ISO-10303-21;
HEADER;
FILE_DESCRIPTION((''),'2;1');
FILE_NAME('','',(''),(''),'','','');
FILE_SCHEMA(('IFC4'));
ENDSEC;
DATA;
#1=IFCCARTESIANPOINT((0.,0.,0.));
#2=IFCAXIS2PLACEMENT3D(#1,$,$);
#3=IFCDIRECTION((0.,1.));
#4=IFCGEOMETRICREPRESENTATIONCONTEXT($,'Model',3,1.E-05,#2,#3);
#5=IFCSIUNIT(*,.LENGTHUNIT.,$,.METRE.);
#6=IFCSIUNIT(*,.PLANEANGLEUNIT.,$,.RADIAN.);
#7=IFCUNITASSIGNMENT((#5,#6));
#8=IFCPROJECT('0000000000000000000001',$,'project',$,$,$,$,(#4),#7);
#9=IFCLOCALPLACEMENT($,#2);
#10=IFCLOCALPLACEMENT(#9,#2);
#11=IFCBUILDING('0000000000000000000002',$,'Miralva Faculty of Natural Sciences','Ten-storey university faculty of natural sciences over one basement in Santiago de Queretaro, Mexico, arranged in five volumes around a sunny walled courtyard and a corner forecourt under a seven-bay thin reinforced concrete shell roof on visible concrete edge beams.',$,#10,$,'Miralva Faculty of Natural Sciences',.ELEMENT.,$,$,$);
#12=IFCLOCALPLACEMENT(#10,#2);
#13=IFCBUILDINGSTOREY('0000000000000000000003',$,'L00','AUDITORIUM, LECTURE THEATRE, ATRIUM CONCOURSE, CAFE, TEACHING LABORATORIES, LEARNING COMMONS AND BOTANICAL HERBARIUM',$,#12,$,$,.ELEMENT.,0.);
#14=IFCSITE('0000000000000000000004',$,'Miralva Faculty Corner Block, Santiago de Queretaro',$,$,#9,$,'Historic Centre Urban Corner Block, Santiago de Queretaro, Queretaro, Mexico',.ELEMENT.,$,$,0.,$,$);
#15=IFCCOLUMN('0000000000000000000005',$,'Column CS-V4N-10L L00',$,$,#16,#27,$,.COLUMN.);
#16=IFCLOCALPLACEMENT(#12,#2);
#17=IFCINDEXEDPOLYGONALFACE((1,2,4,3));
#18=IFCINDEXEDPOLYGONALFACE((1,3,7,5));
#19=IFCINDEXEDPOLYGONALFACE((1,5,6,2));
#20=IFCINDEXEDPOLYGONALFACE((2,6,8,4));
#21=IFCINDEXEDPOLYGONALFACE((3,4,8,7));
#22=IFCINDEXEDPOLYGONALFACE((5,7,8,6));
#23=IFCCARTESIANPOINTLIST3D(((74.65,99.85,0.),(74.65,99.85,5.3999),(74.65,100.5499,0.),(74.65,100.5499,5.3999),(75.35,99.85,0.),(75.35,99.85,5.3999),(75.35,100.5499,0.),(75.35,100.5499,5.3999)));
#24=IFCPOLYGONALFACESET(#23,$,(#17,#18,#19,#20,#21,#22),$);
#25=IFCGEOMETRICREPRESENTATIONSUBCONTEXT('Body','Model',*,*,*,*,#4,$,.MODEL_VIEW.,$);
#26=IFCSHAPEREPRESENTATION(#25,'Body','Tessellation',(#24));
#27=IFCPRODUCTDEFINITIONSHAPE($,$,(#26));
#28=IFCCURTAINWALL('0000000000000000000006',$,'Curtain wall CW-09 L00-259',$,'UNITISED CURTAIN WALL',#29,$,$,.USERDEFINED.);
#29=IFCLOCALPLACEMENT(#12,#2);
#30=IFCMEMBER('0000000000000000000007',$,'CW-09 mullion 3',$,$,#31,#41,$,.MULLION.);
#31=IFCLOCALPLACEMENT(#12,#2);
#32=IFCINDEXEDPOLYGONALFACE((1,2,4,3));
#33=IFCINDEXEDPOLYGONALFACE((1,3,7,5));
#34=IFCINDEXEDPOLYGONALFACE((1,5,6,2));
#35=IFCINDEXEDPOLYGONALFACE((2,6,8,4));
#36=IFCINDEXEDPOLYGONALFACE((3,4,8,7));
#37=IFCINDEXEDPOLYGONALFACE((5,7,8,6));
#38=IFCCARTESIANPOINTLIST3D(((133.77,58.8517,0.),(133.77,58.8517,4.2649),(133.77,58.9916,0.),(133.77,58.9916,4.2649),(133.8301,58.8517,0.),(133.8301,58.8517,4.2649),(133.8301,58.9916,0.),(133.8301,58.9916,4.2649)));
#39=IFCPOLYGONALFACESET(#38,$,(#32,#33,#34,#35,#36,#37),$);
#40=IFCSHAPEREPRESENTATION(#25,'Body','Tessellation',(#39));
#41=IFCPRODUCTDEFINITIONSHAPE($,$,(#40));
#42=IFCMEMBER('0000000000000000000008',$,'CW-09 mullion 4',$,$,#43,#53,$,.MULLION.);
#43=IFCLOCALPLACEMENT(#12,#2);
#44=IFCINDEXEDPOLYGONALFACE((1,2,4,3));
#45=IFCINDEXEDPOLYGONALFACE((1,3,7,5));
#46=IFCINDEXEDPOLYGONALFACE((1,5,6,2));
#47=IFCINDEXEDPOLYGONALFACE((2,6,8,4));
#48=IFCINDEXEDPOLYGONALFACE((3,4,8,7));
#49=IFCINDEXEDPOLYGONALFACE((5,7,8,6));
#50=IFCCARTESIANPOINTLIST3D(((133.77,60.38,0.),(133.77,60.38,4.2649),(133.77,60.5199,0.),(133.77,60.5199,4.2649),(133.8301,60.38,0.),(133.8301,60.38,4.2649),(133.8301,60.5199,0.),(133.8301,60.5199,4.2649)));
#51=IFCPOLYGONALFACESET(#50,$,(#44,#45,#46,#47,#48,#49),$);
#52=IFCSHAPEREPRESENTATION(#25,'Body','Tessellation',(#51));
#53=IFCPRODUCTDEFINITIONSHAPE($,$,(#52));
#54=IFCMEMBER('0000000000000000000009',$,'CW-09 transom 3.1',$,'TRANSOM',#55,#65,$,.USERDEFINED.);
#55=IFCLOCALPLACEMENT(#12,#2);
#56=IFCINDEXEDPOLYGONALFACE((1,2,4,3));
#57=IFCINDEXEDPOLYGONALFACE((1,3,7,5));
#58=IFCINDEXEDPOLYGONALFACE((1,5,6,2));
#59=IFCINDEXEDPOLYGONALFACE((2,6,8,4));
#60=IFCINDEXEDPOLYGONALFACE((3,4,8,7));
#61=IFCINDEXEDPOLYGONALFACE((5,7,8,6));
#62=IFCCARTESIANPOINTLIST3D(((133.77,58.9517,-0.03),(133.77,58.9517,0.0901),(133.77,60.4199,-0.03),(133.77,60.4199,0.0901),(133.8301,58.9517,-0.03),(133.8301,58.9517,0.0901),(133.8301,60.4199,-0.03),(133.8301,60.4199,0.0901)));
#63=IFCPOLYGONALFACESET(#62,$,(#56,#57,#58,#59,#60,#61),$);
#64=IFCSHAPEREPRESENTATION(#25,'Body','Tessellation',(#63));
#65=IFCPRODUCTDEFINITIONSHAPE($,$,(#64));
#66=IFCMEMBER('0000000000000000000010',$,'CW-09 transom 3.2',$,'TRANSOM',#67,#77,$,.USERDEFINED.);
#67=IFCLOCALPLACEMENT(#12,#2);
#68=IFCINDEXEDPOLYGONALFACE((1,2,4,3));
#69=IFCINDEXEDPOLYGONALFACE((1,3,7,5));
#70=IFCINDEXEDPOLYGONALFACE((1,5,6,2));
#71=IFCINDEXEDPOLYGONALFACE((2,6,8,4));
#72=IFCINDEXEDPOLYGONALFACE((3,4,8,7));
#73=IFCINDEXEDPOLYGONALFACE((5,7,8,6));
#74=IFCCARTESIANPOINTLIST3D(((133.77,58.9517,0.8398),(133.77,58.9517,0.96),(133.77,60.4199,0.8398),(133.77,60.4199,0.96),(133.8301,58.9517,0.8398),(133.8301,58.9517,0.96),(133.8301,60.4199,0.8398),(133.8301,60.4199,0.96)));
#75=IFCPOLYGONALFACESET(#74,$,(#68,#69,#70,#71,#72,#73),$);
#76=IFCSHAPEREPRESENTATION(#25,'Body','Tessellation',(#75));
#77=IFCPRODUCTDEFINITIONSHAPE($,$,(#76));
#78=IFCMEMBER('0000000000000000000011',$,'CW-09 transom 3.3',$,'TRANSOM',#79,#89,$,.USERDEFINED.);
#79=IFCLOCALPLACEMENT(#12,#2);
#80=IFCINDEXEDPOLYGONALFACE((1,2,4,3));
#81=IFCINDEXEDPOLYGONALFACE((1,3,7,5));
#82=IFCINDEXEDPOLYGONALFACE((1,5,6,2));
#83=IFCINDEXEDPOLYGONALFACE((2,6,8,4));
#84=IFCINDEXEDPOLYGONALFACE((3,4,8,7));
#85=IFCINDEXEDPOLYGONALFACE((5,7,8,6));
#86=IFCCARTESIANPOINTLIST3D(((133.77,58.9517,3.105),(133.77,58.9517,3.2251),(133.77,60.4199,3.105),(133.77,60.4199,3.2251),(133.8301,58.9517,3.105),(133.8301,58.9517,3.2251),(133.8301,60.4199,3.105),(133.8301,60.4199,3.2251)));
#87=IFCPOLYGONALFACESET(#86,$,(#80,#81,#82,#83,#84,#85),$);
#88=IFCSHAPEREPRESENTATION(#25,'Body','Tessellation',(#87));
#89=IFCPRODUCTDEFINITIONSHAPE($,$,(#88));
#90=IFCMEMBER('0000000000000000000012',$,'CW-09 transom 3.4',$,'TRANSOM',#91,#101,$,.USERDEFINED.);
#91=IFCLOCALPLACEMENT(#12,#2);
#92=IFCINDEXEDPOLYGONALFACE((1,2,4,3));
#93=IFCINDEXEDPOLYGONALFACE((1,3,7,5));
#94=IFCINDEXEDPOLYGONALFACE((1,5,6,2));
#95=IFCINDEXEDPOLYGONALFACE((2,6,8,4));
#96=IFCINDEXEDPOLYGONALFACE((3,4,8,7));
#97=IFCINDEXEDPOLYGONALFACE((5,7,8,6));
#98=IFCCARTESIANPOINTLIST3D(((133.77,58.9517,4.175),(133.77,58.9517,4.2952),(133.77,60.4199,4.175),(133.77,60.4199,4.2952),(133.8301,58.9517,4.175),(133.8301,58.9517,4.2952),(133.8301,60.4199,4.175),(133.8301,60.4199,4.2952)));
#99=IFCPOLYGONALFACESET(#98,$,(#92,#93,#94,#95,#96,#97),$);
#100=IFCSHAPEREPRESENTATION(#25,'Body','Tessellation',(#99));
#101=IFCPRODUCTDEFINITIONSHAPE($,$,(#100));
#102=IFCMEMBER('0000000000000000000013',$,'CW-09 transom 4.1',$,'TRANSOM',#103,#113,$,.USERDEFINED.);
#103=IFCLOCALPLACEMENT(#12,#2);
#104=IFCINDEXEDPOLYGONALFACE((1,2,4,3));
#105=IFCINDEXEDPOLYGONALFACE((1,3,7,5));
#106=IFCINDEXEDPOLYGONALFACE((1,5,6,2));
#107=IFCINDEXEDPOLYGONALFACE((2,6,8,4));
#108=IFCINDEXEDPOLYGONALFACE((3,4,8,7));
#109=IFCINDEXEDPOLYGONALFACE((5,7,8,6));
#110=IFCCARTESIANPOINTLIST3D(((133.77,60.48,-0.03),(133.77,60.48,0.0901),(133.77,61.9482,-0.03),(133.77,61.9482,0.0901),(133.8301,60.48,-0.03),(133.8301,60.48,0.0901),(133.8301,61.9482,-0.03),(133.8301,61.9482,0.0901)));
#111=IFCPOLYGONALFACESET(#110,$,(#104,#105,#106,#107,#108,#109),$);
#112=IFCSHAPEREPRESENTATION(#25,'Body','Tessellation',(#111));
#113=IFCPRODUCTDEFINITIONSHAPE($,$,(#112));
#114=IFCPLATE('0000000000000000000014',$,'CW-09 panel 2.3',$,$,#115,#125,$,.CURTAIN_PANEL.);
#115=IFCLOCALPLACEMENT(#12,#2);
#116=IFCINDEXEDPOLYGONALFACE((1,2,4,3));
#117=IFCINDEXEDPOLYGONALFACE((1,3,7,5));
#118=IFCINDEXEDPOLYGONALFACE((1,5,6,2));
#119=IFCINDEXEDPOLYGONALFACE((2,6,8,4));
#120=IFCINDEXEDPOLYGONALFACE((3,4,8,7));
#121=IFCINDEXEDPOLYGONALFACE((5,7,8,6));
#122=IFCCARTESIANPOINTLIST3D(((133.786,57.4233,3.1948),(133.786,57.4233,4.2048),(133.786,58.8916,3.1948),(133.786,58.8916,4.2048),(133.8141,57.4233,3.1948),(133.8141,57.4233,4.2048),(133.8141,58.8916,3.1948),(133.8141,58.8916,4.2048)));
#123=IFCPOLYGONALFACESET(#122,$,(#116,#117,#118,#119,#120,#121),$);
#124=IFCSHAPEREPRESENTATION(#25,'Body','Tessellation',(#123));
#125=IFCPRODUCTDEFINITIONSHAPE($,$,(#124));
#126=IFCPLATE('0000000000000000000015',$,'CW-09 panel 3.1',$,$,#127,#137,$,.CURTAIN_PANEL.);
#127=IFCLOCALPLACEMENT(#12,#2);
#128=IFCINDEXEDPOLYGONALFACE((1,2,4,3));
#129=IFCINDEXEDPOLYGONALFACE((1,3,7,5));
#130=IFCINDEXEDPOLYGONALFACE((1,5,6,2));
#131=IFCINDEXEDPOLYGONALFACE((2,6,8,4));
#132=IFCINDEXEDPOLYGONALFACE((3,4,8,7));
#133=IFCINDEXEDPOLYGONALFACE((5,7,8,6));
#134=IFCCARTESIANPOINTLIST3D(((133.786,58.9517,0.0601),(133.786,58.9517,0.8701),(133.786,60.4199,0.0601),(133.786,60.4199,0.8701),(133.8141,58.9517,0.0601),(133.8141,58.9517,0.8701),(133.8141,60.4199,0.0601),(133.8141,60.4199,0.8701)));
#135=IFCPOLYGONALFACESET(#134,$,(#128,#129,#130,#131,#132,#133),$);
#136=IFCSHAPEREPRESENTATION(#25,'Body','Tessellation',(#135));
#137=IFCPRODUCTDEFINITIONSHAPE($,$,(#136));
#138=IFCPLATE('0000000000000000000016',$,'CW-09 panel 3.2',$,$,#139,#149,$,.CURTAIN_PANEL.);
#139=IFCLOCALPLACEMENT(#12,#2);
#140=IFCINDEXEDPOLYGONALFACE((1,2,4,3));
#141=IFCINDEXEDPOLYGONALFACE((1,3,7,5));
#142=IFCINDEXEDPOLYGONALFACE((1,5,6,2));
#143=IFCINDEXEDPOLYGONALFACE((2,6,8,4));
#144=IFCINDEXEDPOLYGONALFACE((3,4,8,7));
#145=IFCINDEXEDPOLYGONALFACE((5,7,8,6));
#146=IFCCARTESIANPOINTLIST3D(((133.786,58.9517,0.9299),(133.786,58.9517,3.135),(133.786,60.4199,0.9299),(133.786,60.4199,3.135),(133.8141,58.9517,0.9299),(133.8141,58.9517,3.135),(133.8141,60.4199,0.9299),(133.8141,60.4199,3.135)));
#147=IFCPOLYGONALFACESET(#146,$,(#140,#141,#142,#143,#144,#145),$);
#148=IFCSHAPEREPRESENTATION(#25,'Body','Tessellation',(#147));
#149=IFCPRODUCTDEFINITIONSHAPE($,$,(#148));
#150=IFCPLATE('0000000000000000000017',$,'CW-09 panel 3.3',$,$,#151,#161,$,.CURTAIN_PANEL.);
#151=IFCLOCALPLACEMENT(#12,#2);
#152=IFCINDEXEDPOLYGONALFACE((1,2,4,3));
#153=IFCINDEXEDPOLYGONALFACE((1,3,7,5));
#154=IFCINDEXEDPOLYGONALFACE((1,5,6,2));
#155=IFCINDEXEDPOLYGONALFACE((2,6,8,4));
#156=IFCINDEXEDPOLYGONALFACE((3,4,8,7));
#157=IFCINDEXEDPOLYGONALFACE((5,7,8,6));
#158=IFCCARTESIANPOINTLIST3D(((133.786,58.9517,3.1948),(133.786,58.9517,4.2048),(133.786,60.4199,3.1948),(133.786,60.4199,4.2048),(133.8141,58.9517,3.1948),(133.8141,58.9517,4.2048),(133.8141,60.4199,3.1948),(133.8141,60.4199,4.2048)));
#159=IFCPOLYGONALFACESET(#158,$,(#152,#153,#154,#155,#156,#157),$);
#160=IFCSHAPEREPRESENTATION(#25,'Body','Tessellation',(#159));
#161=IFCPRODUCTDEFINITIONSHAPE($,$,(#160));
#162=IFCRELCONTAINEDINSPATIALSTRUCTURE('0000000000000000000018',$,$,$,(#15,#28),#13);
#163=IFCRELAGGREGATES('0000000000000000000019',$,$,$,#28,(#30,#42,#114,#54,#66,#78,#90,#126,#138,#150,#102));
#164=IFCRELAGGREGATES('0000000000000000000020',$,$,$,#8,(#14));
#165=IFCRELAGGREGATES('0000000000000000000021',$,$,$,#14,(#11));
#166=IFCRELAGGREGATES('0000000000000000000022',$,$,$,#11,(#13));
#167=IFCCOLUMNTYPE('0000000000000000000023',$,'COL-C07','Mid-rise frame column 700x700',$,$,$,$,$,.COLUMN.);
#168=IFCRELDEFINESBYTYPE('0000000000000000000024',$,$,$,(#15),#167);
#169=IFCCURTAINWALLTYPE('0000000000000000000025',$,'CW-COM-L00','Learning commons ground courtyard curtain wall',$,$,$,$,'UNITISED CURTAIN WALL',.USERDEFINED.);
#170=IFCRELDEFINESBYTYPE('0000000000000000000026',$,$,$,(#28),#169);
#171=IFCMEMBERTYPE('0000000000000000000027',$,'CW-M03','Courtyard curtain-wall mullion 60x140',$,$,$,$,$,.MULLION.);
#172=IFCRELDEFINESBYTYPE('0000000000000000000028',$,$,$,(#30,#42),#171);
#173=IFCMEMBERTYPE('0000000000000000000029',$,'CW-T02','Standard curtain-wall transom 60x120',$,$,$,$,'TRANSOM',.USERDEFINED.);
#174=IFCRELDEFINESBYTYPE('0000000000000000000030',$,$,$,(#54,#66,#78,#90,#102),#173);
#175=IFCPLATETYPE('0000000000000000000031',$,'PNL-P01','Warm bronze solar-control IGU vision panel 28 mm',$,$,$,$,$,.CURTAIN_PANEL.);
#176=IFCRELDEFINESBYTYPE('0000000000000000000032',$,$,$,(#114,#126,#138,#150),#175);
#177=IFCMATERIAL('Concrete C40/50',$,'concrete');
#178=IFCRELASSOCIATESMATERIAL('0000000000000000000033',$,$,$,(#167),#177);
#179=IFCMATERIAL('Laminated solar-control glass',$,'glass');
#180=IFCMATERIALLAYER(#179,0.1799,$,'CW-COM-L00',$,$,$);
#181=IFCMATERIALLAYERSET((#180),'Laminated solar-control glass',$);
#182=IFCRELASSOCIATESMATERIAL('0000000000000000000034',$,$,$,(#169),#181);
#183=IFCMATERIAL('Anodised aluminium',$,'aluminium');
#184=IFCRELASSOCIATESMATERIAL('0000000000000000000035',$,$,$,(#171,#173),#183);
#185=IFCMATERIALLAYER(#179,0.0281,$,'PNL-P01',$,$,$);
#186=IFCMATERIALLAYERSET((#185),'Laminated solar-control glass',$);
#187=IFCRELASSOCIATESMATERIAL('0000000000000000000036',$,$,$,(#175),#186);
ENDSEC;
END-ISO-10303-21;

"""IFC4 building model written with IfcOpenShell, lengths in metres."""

from ifc_helpers import new_model, si_unit, direction, frame, origin, origin_2d, place, context, subcontext, project, spatial, rectangle, extrude, material, layer, layer_set, material_profile, profile_set, type_object, element, aggregate, save


model = new_model("IFC4")

# Units and contexts
model_context = context("Model", 3, precision=1e-05, world=origin(), true_north=direction((0.0, 1.0)))
body_context = subcontext(model_context, "Body", "Model", "MODEL_VIEW")
ifc_project = project(units=[si_unit("LENGTHUNIT", "METRE"), si_unit("PLANEANGLEUNIT", "RADIAN")], contexts=[model_context])

# Site, building, storey
site_placement = place(None, origin())
site = spatial("IfcSite", under=ifc_project, at=site_placement, Name="Miralva Faculty Corner Block, Santiago de Queretaro", LongName="Historic Centre Urban Corner Block, Santiago de Queretaro, Queretaro, Mexico", CompositionType="ELEMENT", RefElevation=0.0)
building_placement = place(site_placement, origin())
building = spatial("IfcBuilding", under=site, at=building_placement, Name="Miralva Faculty of Natural Sciences", Description="Ten-storey university faculty of natural sciences over one basement in Santiago de Queretaro, Mexico, arranged in five volumes around a sunny walled courtyard and a corner forecourt under a seven-bay thin reinforced concrete shell roof on visible concrete edge beams.", LongName="Miralva Faculty of Natural Sciences", CompositionType="ELEMENT")
storey_placement = place(building_placement, origin())
storey = spatial("IfcBuildingStorey", under=building, at=storey_placement, Name="L00", Description="AUDITORIUM, LECTURE THEATRE, ATRIUM CONCOURSE, CAFE, TEACHING LABORATORIES, LEARNING COMMONS AND BOTANICAL HERBARIUM", CompositionType="ELEMENT", Elevation=0.0)

# Column
ifc_material_1 = material(Name="Concrete C40/50", Category="concrete")
ifc_material_profile_1 = material_profile(ifc_material_1, rectangle(XDim=0.7, YDim=0.7, at=origin_2d()), Name="RC 700x700")
ifc_profile_set_1 = profile_set([ifc_material_profile_1], Name="Concrete C40/50")
column_type = type_object("IfcColumnType", Name="COL-C07", Description="Mid-rise frame column 700x700", PredefinedType="COLUMN", material=ifc_profile_set_1)
column_placement = place(storey_placement, frame((75.0, 100.2, 0.0), z_axis=(0.0, 0.0, 1.0), x_axis=(1.0, 0.0, 0.0)))
element("IfcColumn", 1, at=column_placement, inside=storey, type_object=column_type, Name="Column CS-V4N-10L L00", PredefinedType="COLUMN", context=body_context, shape_type="SweptSolid", body=[
    extrude(rectangle(XDim=0.7, YDim=0.7, at=origin_2d()), origin(), (0.0, 0.0, 1.0), 5.3999),
])

# Curtain wall, members, plates
ifc_material_2 = material(Name="Laminated solar-control glass", Category="glass")
ifc_layer_1 = layer(ifc_material_2, 0.1799, Name="CW-COM-L00")
ifc_layer_set_1 = layer_set([ifc_layer_1], Name="Laminated solar-control glass")
curtain_wall_type = type_object("IfcCurtainWallType", Name="CW-COM-L00", Description="Learning commons ground courtyard curtain wall", ElementType="UNITISED CURTAIN WALL", PredefinedType="USERDEFINED", material=ifc_layer_set_1)
curtain_wall_placement = place(storey_placement, origin())
curtain_wall = element("IfcCurtainWall", 2, at=curtain_wall_placement, inside=storey, type_object=curtain_wall_type, Name="Curtain wall CW-09 L00-259", ObjectType="UNITISED CURTAIN WALL", PredefinedType="USERDEFINED")
ifc_material_3 = material(Name="Anodised aluminium", Category="aluminium")
ifc_material_profile_2 = material_profile(ifc_material_3, rectangle(XDim=0.0601, YDim=0.1399, at=origin_2d()), Name="MULLION 60x140")
ifc_profile_set_2 = profile_set([ifc_material_profile_2], Name="Anodised aluminium")
member_type_1 = type_object("IfcMemberType", Name="CW-M03", Description="Courtyard curtain-wall mullion 60x140", PredefinedType="MULLION", material=ifc_profile_set_2)
member_1_placement = place(storey_placement, frame((133.8, 58.9216, 0.0), z_axis=(0.0, 0.0, 1.0), x_axis=(-1.0, 0.0, 0.0)))
member_1 = element("IfcMember", 3, at=member_1_placement, type_object=member_type_1, Name="CW-09 mullion 3", PredefinedType="MULLION", context=body_context, shape_type="SweptSolid", body=[
    extrude(rectangle(XDim=0.0601, YDim=0.1399, at=origin_2d()), origin(), (0.0, 0.0, 1.0), 4.2649),
])
member_2_placement = place(storey_placement, frame((133.8, 60.45, 0.0), z_axis=(0.0, 0.0, 1.0), x_axis=(-1.0, 0.0, 0.0)))
member_2 = element("IfcMember", 4, at=member_2_placement, type_object=member_type_1, Name="CW-09 mullion 4", PredefinedType="MULLION", context=body_context, shape_type="SweptSolid", body=[
    extrude(rectangle(XDim=0.0601, YDim=0.1399, at=origin_2d()), origin(), (0.0, 0.0, 1.0), 4.2649),
])
ifc_material_profile_3 = material_profile(ifc_material_3, rectangle(XDim=0.0601, YDim=0.1201, at=origin_2d()), Name="TRANSOM 60x120")
ifc_profile_set_3 = profile_set([ifc_material_profile_3], Name="Anodised aluminium")
member_type_2 = type_object("IfcMemberType", Name="CW-T02", Description="Standard curtain-wall transom 60x120", ElementType="TRANSOM", PredefinedType="USERDEFINED", material=ifc_profile_set_3)
member_3_placement = place(storey_placement, frame((133.8, 58.9517, 0.03), z_axis=(0.0, 1.0, 0.0), x_axis=(-1.0, 0.0, 0.0)))
member_3 = element("IfcMember", 5, at=member_3_placement, type_object=member_type_2, Name="CW-09 transom 3.1", ObjectType="TRANSOM", PredefinedType="USERDEFINED", context=body_context, shape_type="SweptSolid", body=[
    extrude(rectangle(XDim=0.0601, YDim=0.1201, at=origin_2d()), origin(), (0.0, 0.0, 1.0), 1.4683),
])
member_4_placement = place(storey_placement, frame((133.8, 58.9517, 0.8999), z_axis=(0.0, 1.0, 0.0), x_axis=(-1.0, 0.0, 0.0)))
member_4 = element("IfcMember", 6, at=member_4_placement, type_object=member_type_2, Name="CW-09 transom 3.2", ObjectType="TRANSOM", PredefinedType="USERDEFINED", context=body_context, shape_type="SweptSolid", body=[
    extrude(rectangle(XDim=0.0601, YDim=0.1201, at=origin_2d()), origin(), (0.0, 0.0, 1.0), 1.4683),
])
member_5_placement = place(storey_placement, frame((133.8, 58.9517, 3.165), z_axis=(0.0, 1.0, 0.0), x_axis=(-1.0, 0.0, 0.0)))
member_5 = element("IfcMember", 7, at=member_5_placement, type_object=member_type_2, Name="CW-09 transom 3.3", ObjectType="TRANSOM", PredefinedType="USERDEFINED", context=body_context, shape_type="SweptSolid", body=[
    extrude(rectangle(XDim=0.0601, YDim=0.1201, at=origin_2d()), origin(), (0.0, 0.0, 1.0), 1.4683),
])
member_6_placement = place(storey_placement, frame((133.8, 58.9517, 4.2351), z_axis=(0.0, 1.0, 0.0), x_axis=(-1.0, 0.0, 0.0)))
member_6 = element("IfcMember", 8, at=member_6_placement, type_object=member_type_2, Name="CW-09 transom 3.4", ObjectType="TRANSOM", PredefinedType="USERDEFINED", context=body_context, shape_type="SweptSolid", body=[
    extrude(rectangle(XDim=0.0601, YDim=0.1201, at=origin_2d()), origin(), (0.0, 0.0, 1.0), 1.4683),
])
member_7_placement = place(storey_placement, frame((133.8, 60.48, 0.03), z_axis=(0.0, 1.0, 0.0), x_axis=(-1.0, 0.0, 0.0)))
member_7 = element("IfcMember", 9, at=member_7_placement, type_object=member_type_2, Name="CW-09 transom 4.1", ObjectType="TRANSOM", PredefinedType="USERDEFINED", context=body_context, shape_type="SweptSolid", body=[
    extrude(rectangle(XDim=0.0601, YDim=0.1201, at=origin_2d()), origin(), (0.0, 0.0, 1.0), 1.4683),
])
ifc_layer_2 = layer(ifc_material_2, 0.0281, Name="PNL-P01")
ifc_layer_set_2 = layer_set([ifc_layer_2], Name="Laminated solar-control glass")
plate_type = type_object("IfcPlateType", Name="PNL-P01", Description="Warm bronze solar-control IGU vision panel 28 mm", PredefinedType="CURTAIN_PANEL", material=ifc_layer_set_2)
plate_1_placement = place(storey_placement, frame((133.8, 58.1575, 3.1948), z_axis=(0.0, 0.0, 1.0), x_axis=(0.0, 1.0, 0.0)))
plate_1 = element("IfcPlate", 10, at=plate_1_placement, type_object=plate_type, Name="CW-09 panel 2.3", PredefinedType="CURTAIN_PANEL", context=body_context, shape_type="SweptSolid", body=[
    extrude(rectangle(XDim=1.4683, YDim=0.0281, at=origin_2d()), origin(), (0.0, 0.0, 1.0), 1.01),
])
plate_2_placement = place(storey_placement, frame((133.8, 59.6858, 0.0601), z_axis=(0.0, 0.0, 1.0), x_axis=(0.0, 1.0, 0.0)))
plate_2 = element("IfcPlate", 11, at=plate_2_placement, type_object=plate_type, Name="CW-09 panel 3.1", PredefinedType="CURTAIN_PANEL", context=body_context, shape_type="SweptSolid", body=[
    extrude(rectangle(XDim=1.4683, YDim=0.0281, at=origin_2d()), origin(), (0.0, 0.0, 1.0), 0.8101),
])
plate_3_placement = place(storey_placement, frame((133.8, 59.6858, 0.9299), z_axis=(0.0, 0.0, 1.0), x_axis=(0.0, 1.0, 0.0)))
plate_3 = element("IfcPlate", 12, at=plate_3_placement, type_object=plate_type, Name="CW-09 panel 3.2", PredefinedType="CURTAIN_PANEL", context=body_context, shape_type="SweptSolid", body=[
    extrude(rectangle(XDim=1.4683, YDim=0.0281, at=origin_2d()), origin(), (0.0, 0.0, 1.0), 2.2051),
])
plate_4_placement = place(storey_placement, frame((133.8, 59.6858, 3.1948), z_axis=(0.0, 0.0, 1.0), x_axis=(0.0, 1.0, 0.0)))
plate_4 = element("IfcPlate", 13, at=plate_4_placement, type_object=plate_type, Name="CW-09 panel 3.3", PredefinedType="CURTAIN_PANEL", context=body_context, shape_type="SweptSolid", body=[
    extrude(rectangle(XDim=1.4683, YDim=0.0281, at=origin_2d()), origin(), (0.0, 0.0, 1.0), 1.01),
])
aggregate(curtain_wall, [member_1, member_2, plate_1, member_3, member_4, member_5, member_6, plate_2, plate_3, plate_4, member_7])

save(model, "model.ifc")
